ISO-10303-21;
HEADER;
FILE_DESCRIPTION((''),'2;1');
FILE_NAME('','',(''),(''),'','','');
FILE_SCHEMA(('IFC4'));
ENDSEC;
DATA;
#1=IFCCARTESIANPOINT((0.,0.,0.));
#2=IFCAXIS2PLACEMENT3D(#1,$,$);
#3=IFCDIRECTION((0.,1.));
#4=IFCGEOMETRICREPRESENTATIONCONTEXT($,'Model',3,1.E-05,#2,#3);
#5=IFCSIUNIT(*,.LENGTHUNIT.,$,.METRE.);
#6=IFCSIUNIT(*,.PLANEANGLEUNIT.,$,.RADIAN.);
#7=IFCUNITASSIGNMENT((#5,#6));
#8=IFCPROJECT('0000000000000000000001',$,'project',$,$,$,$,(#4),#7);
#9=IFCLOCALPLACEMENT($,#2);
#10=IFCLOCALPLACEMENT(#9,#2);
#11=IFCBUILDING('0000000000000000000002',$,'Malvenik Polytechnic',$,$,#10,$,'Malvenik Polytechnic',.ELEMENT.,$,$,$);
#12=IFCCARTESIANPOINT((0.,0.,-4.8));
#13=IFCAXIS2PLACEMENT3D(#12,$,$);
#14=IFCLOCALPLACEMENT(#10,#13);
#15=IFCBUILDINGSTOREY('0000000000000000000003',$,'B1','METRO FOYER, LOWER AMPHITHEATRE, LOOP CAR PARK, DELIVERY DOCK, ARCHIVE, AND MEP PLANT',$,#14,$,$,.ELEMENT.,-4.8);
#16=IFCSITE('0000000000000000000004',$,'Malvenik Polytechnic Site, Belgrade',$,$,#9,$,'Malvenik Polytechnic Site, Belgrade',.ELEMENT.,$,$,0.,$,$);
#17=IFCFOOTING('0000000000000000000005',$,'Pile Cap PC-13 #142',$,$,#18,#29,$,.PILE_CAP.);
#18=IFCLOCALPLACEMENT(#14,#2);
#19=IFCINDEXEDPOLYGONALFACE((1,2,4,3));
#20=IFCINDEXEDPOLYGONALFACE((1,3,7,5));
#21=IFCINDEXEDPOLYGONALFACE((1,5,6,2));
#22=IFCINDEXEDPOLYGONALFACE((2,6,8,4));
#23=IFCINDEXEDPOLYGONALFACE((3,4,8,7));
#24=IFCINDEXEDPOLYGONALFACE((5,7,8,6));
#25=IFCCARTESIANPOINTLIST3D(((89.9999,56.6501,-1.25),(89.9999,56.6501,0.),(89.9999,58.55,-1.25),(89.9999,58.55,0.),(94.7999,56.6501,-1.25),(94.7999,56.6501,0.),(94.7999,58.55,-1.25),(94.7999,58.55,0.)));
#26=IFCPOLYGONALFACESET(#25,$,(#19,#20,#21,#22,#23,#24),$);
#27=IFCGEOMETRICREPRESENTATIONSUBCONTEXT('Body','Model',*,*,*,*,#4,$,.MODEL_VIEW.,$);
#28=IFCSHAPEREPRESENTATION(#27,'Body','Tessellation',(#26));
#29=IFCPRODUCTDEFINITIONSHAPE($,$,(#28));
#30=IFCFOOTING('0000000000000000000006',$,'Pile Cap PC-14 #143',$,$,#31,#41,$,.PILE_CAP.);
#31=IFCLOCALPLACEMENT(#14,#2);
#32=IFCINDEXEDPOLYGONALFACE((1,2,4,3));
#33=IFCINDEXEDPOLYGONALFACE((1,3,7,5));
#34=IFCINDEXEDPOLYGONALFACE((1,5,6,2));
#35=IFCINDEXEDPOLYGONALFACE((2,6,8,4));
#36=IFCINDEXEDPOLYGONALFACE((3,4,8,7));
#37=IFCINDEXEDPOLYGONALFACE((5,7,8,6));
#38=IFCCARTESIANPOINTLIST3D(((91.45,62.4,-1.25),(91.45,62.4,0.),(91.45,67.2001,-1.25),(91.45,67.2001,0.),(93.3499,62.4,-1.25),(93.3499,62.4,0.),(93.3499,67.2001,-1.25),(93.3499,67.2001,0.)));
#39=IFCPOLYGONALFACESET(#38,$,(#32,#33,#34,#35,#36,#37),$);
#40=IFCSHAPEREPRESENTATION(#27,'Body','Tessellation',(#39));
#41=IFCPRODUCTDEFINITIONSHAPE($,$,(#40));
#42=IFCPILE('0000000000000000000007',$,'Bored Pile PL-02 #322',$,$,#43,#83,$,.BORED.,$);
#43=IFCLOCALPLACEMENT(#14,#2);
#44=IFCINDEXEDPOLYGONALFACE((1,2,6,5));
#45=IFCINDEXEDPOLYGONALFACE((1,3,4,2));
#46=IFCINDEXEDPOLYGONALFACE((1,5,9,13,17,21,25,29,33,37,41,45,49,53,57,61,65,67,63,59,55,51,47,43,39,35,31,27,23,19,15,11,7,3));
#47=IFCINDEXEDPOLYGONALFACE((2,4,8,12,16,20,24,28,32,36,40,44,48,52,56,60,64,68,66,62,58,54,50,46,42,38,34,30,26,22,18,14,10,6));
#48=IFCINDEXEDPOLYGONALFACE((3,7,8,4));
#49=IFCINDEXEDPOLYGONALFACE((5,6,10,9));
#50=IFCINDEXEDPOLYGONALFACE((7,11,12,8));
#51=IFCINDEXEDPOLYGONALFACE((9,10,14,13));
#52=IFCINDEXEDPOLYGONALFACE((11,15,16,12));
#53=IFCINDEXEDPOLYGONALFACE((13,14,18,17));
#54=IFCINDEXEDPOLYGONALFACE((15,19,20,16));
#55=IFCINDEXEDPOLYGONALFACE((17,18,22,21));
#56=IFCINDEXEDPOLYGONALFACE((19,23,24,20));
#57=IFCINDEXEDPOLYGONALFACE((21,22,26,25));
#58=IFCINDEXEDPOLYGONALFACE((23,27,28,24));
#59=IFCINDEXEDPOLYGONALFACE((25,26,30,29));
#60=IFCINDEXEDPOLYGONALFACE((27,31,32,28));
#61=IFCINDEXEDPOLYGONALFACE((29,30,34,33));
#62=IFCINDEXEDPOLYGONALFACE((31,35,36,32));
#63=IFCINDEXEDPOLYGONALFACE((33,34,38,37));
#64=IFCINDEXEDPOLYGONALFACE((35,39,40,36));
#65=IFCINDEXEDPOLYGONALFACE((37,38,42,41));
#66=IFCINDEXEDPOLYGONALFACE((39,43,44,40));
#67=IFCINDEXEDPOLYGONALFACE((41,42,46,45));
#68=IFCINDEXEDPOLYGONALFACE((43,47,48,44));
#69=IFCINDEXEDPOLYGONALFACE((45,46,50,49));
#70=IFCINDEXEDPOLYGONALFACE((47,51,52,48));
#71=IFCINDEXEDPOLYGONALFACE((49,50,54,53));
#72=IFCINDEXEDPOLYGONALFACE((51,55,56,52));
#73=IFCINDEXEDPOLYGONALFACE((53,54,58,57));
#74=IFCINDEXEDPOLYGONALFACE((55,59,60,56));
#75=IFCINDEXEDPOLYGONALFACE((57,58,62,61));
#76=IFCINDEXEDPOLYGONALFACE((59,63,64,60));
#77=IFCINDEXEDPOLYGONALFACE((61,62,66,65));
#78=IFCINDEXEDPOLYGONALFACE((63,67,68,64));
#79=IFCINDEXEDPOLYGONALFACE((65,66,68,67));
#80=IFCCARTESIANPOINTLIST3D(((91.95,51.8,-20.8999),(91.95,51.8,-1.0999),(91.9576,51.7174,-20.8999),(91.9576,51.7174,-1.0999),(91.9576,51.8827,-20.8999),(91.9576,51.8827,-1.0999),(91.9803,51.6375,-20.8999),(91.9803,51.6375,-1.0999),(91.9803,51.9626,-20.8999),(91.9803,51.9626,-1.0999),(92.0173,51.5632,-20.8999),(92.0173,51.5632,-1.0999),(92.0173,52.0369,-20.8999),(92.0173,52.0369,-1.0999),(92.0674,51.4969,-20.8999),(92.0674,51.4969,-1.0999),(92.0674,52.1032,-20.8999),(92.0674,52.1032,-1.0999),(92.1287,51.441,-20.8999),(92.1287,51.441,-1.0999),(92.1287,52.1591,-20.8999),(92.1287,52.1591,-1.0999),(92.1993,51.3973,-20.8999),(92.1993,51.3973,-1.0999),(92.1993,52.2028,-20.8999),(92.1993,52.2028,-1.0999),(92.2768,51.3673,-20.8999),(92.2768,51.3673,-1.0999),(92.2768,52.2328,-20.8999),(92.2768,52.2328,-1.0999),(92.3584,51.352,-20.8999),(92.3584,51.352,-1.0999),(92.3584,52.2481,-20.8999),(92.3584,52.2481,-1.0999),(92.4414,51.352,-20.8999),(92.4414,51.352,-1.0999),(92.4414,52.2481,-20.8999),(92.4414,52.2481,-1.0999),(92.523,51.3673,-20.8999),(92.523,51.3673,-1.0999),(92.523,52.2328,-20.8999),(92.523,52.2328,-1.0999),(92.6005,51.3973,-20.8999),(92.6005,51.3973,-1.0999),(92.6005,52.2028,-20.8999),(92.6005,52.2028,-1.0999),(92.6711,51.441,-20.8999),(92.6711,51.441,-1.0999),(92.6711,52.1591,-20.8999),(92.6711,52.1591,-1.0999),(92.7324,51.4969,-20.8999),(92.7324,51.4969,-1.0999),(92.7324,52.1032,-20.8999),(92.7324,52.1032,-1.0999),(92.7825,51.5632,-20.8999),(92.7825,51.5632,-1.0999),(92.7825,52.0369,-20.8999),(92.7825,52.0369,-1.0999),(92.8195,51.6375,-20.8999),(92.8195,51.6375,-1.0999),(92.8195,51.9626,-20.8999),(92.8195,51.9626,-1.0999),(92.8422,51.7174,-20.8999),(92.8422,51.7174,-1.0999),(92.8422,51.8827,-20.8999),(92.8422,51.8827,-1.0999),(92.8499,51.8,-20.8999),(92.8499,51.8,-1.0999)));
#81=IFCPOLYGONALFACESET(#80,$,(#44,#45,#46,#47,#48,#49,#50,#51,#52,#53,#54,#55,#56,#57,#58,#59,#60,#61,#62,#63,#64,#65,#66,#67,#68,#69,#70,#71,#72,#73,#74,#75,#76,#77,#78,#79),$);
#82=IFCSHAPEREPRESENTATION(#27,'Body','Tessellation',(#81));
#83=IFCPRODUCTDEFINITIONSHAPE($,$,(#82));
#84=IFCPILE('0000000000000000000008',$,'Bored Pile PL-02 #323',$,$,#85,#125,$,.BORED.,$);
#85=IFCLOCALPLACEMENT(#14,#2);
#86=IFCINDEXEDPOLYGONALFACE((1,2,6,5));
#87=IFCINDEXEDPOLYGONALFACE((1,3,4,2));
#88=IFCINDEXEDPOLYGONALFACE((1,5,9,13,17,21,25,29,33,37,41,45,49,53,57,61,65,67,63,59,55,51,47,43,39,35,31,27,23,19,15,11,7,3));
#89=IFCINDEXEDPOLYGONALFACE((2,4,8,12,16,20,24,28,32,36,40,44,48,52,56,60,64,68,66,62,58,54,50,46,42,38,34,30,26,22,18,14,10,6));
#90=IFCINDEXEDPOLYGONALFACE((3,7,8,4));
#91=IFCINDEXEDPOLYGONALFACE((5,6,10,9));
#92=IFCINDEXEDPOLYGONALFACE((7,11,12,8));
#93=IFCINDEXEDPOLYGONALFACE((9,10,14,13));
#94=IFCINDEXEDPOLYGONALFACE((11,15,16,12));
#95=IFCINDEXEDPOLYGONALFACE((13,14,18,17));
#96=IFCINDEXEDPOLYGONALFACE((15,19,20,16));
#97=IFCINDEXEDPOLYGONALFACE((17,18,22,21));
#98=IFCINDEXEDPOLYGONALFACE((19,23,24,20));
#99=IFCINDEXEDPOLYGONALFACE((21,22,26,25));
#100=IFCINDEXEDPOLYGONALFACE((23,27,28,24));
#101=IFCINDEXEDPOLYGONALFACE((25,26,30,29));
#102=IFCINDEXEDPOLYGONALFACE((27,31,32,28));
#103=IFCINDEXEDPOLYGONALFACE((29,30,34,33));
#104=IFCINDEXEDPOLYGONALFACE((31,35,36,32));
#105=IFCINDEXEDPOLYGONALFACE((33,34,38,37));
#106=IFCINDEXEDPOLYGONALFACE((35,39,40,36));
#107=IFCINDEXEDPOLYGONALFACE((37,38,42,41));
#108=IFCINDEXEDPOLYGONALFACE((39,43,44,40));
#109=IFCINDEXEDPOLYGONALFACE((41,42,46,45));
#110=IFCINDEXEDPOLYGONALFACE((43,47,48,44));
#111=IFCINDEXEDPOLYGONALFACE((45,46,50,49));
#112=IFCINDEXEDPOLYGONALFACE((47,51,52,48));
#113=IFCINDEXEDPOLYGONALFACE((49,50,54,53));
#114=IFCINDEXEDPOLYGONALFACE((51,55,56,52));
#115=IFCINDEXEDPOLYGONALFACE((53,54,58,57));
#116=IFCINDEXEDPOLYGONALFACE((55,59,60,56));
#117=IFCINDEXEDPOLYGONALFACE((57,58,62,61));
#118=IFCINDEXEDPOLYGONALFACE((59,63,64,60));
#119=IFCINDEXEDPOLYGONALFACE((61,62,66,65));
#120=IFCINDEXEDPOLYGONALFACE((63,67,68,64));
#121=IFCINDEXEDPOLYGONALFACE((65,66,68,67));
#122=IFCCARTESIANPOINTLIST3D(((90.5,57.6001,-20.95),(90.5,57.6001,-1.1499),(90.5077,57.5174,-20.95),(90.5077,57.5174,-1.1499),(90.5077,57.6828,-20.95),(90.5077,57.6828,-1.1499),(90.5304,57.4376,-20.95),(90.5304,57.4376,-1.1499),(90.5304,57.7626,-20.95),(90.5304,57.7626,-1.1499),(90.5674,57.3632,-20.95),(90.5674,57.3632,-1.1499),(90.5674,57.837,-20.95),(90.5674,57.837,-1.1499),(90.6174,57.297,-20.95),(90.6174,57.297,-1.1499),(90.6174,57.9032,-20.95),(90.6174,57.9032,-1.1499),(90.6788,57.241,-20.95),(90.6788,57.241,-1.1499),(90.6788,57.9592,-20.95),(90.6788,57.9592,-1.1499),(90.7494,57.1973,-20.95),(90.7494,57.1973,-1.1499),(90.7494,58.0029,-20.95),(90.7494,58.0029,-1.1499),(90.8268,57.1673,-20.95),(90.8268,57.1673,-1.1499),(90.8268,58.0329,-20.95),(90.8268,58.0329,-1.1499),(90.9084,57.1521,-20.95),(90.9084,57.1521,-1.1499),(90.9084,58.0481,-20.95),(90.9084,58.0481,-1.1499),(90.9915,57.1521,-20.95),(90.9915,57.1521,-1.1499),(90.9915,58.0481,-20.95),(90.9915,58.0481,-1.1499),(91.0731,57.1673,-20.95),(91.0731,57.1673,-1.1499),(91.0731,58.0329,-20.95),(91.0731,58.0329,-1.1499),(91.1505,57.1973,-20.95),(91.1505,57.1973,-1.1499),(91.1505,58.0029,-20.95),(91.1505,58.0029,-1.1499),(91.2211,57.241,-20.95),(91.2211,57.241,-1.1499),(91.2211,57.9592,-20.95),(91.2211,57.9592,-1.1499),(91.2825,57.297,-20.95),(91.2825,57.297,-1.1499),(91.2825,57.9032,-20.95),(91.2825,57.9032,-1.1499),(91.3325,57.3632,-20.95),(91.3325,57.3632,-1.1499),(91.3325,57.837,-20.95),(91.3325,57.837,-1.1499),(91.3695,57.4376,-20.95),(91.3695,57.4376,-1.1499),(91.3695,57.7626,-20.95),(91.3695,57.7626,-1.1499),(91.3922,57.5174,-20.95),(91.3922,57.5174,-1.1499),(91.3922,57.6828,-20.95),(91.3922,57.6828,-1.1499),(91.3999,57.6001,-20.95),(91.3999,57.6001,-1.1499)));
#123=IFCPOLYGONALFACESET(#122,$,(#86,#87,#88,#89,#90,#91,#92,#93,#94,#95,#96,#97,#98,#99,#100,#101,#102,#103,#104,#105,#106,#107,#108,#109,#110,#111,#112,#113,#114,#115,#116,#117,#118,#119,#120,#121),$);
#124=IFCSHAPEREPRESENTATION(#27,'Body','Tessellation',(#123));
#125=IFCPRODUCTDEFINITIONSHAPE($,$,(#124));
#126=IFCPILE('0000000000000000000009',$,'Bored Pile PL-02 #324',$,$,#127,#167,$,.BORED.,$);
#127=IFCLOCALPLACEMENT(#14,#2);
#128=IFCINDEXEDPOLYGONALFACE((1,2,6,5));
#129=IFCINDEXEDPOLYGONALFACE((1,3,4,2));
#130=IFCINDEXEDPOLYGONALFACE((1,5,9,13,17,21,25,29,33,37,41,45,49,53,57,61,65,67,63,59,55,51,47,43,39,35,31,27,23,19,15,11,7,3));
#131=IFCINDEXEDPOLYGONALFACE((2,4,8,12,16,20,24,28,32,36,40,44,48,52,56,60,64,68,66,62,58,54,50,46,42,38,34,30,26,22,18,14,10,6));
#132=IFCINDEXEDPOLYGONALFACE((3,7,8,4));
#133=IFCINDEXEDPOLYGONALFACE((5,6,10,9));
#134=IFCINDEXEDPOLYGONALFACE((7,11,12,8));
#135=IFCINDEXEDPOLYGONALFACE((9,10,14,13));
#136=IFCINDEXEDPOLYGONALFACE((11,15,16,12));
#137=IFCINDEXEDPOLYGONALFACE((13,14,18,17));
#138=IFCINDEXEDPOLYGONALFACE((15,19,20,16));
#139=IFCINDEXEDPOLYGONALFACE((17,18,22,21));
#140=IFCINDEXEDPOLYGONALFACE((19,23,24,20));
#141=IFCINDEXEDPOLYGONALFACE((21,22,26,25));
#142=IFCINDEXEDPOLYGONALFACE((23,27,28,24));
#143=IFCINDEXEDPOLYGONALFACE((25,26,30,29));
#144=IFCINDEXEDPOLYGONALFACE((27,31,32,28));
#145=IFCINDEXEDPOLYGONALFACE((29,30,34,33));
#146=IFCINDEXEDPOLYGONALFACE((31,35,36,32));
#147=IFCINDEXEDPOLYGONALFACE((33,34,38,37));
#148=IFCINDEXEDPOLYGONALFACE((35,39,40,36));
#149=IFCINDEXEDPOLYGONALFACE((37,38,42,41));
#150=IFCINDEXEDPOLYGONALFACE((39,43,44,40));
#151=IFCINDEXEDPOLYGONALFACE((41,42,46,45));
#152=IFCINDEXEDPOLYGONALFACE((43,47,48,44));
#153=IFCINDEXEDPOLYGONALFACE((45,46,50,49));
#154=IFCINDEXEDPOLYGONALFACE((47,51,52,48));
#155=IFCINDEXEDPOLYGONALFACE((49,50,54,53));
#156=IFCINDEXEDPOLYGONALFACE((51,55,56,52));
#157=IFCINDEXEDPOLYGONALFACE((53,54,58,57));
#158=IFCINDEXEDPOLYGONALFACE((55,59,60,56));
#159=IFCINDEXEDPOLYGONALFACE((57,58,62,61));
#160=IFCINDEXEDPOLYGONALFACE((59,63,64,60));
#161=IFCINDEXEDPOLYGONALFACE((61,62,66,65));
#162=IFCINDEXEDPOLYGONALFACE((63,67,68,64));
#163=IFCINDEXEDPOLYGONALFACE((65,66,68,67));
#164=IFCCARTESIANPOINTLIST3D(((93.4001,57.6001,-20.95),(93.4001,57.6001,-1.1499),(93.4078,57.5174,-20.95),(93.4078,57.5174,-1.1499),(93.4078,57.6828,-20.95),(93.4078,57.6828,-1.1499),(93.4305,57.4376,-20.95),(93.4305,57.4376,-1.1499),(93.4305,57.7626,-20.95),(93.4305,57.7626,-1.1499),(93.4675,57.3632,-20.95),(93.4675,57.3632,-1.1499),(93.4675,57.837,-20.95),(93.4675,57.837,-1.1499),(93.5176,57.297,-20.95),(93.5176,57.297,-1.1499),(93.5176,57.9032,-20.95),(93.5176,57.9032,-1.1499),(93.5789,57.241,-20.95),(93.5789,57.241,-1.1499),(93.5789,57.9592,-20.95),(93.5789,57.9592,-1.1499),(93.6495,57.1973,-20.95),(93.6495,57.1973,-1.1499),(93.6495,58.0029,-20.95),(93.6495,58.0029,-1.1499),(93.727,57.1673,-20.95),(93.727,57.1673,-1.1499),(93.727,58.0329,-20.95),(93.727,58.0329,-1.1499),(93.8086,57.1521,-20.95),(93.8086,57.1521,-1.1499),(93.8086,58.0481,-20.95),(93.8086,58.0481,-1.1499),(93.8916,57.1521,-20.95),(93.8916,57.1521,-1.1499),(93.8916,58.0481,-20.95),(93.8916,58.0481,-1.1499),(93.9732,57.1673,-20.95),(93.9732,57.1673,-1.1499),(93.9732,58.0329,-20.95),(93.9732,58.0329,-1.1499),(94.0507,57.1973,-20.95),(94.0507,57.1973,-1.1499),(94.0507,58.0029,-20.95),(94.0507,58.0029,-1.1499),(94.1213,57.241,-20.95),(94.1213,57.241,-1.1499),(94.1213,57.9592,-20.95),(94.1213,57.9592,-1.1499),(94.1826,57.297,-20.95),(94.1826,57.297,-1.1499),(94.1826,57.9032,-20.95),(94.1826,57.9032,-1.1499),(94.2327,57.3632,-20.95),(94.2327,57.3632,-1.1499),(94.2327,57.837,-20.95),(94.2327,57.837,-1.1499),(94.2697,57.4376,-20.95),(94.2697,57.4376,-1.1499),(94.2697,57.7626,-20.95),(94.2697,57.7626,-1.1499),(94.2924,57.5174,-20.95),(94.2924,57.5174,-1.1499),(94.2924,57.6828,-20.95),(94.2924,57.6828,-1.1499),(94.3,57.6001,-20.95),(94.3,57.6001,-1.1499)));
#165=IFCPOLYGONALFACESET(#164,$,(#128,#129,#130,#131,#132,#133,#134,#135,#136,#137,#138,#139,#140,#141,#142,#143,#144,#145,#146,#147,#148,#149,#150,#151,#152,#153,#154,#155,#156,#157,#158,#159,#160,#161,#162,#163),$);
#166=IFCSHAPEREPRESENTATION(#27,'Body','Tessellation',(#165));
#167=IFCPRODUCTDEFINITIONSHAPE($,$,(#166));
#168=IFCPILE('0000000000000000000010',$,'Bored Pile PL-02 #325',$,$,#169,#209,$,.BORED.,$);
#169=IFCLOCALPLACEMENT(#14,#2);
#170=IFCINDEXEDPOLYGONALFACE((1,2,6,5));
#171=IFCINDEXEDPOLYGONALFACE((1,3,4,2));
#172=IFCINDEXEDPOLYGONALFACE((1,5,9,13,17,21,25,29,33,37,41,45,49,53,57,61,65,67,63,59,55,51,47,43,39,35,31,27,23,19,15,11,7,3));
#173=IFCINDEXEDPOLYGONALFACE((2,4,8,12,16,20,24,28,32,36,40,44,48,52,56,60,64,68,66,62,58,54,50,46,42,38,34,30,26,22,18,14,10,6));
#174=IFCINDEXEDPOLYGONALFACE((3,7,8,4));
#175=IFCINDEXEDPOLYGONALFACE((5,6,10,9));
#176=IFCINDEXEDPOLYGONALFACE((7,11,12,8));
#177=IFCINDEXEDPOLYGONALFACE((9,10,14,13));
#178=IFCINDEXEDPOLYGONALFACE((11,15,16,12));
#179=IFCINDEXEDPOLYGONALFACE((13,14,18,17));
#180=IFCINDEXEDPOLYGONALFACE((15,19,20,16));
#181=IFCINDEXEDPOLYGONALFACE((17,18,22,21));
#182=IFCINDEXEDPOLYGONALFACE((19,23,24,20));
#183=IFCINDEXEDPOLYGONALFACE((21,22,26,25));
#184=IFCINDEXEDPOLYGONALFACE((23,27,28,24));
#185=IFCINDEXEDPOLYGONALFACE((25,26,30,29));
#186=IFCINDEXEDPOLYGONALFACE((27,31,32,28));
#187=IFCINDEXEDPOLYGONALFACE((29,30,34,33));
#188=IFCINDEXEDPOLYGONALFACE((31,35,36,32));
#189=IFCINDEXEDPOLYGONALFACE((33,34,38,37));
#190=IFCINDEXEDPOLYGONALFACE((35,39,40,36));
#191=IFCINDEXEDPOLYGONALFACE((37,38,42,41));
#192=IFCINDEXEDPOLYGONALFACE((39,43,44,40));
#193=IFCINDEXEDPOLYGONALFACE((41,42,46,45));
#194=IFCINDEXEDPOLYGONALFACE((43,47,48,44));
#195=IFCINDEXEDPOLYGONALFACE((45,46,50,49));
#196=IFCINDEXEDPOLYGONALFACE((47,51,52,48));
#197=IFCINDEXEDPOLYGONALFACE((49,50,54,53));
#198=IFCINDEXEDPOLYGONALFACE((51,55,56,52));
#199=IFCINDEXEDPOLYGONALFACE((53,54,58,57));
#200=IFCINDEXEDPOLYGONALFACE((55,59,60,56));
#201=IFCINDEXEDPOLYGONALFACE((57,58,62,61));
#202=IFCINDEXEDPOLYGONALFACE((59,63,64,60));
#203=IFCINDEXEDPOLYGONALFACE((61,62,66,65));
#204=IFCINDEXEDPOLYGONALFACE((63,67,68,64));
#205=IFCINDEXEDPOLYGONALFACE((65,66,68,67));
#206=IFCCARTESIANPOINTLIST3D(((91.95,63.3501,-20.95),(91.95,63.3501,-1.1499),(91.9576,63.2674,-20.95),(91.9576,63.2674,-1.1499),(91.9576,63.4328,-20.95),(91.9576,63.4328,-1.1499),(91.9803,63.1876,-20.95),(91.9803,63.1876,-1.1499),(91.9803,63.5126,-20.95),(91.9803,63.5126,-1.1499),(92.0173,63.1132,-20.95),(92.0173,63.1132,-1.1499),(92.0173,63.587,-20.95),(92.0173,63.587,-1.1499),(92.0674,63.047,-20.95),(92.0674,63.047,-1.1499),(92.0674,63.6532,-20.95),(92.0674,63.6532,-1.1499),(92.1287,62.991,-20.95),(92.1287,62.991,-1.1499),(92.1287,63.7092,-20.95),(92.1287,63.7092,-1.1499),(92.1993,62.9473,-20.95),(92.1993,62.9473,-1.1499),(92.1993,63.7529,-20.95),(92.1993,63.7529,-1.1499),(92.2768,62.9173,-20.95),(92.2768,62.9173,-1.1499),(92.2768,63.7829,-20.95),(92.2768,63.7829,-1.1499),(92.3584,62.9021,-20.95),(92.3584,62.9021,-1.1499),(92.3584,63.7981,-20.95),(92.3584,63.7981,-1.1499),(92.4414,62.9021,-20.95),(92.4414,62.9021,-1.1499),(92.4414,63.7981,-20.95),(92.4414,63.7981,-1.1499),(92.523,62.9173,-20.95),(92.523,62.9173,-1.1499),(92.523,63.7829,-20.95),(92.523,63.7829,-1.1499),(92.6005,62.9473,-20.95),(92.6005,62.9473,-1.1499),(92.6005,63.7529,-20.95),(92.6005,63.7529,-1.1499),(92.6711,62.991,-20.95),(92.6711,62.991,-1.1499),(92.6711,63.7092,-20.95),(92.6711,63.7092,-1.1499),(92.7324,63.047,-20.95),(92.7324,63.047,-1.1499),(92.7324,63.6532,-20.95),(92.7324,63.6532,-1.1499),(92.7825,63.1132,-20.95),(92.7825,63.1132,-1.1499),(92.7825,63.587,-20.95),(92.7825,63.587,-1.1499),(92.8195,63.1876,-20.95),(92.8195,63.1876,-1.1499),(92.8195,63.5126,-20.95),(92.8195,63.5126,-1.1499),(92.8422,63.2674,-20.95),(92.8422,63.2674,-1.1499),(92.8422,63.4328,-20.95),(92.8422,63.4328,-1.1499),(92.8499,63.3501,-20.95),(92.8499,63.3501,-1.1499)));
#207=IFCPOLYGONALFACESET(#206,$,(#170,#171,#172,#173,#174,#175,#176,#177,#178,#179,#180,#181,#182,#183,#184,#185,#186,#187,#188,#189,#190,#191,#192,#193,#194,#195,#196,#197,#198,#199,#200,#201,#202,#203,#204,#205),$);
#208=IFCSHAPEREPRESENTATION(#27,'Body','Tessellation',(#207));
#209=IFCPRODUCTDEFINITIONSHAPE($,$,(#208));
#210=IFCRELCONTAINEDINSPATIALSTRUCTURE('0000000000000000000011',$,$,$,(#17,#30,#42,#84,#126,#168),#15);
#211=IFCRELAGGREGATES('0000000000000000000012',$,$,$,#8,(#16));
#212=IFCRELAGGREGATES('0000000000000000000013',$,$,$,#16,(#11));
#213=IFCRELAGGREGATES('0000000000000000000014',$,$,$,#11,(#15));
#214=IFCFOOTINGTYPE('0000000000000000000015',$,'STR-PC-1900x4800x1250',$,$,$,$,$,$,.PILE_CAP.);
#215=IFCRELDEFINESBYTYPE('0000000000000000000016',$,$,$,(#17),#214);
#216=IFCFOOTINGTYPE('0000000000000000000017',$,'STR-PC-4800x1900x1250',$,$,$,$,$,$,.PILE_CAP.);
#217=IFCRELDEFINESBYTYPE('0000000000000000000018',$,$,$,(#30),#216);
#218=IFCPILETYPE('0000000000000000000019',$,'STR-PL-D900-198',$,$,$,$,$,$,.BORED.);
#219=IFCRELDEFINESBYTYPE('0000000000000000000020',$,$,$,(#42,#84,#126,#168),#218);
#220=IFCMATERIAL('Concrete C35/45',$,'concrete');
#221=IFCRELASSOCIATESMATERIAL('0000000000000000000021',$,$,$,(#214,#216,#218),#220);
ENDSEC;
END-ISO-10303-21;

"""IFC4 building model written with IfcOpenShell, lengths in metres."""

from ifc_helpers import new_model, si_unit, direction, frame, origin, origin_2d, place, context, subcontext, project, spatial, rectangle, circle, extrude, material, material_profile, profile_set, type_object, element, save


model = new_model("IFC4")

# Units and contexts
model_context = context("Model", 3, precision=1e-05, world=origin(), true_north=direction((0.0, 1.0)))
body_context = subcontext(model_context, "Body", "Model", "MODEL_VIEW")
ifc_project = project(units=[si_unit("LENGTHUNIT", "METRE"), si_unit("PLANEANGLEUNIT", "RADIAN")], contexts=[model_context])

# Site, building, storey
site_placement = place(None, origin())
site = spatial("IfcSite", under=ifc_project, at=site_placement, Name="Malvenik Polytechnic Site, Belgrade", LongName="Malvenik Polytechnic Site, Belgrade", CompositionType="ELEMENT", RefElevation=0.0)
building_placement = place(site_placement, origin())
building = spatial("IfcBuilding", under=site, at=building_placement, Name="Malvenik Polytechnic", LongName="Malvenik Polytechnic", CompositionType="ELEMENT")
storey_placement = place(building_placement, frame((0.0, 0.0, -4.8)))
storey = spatial("IfcBuildingStorey", under=building, at=storey_placement, Name="B1", Description="METRO FOYER, LOWER AMPHITHEATRE, LOOP CAR PARK, DELIVERY DOCK, ARCHIVE, AND MEP PLANT", CompositionType="ELEMENT", Elevation=-4.8)

# Footings
ifc_material_1 = material(Name="Concrete C35/45", Category="concrete")
footing_type_1 = type_object("IfcFootingType", Name="STR-PC-1900x4800x1250", PredefinedType="PILE_CAP", material=ifc_material_1)
footing_1_placement = place(storey_placement, frame((92.3999, 57.6001, -1.25), z_axis=(0.0, 0.0, 1.0), x_axis=(1.0, 0.0, 0.0)))
element("IfcFooting", 1, at=footing_1_placement, inside=storey, type_object=footing_type_1, Name="Pile Cap PC-13 #142", PredefinedType="PILE_CAP", context=body_context, shape_type="SweptSolid", body=[
    extrude(rectangle(XDim=4.8, YDim=1.8999, at=origin_2d()), origin(), (0.0, 0.0, 1.0), 1.25),
])
footing_type_2 = type_object("IfcFootingType", Name="STR-PC-4800x1900x1250", PredefinedType="PILE_CAP", material=ifc_material_1)
footing_2_placement = place(storey_placement, frame((92.3999, 64.8, -1.25), z_axis=(0.0, 0.0, 1.0), x_axis=(1.0, 0.0, 0.0)))
element("IfcFooting", 2, at=footing_2_placement, inside=storey, type_object=footing_type_2, Name="Pile Cap PC-14 #143", PredefinedType="PILE_CAP", context=body_context, shape_type="SweptSolid", body=[
    extrude(rectangle(XDim=1.8999, YDim=4.8, at=origin_2d()), origin(), (0.0, 0.0, 1.0), 1.25),
])

# Piles
ifc_material_profile_1 = material_profile(ifc_material_1, circle(Radius=0.45, at=origin_2d()), Name="BORED PILE D900")
ifc_profile_set_1 = profile_set([ifc_material_profile_1], Name="Concrete C35/45")
pile_type = type_object("IfcPileType", Name="STR-PL-D900-198", PredefinedType="BORED", material=ifc_profile_set_1)
for number, where, z_axis, x_axis, name in (
    (3, (92.3999, 51.8, -1.0999), (0.0, 0.0, -1.0), (1.0, 0.0, 0.0), "Bored Pile PL-02 #322"),
    (4, (90.95, 57.6001, -1.1499), (0.0, 0.0, -1.0), (1.0, 0.0, 0.0), "Bored Pile PL-02 #323"),
    (5, (93.8501, 57.6001, -1.1499), (0.0, 0.0, -1.0), (1.0, 0.0, 0.0), "Bored Pile PL-02 #324"),
    (6, (92.3999, 63.3501, -1.1499), (0.0, 0.0, -1.0), (1.0, 0.0, 0.0), "Bored Pile PL-02 #325"),
):
    element("IfcPile", number, at=place(storey_placement, frame(where, z_axis=z_axis, x_axis=x_axis)), inside=storey, type_object=pile_type, Name=name, PredefinedType="BORED", context=body_context, shape_type="SweptSolid", body=[
        extrude(circle(Radius=0.45, at=origin_2d()), origin(), (0.0, 0.0, 1.0), 19.8),
    ])

save(model, "model.ifc")
